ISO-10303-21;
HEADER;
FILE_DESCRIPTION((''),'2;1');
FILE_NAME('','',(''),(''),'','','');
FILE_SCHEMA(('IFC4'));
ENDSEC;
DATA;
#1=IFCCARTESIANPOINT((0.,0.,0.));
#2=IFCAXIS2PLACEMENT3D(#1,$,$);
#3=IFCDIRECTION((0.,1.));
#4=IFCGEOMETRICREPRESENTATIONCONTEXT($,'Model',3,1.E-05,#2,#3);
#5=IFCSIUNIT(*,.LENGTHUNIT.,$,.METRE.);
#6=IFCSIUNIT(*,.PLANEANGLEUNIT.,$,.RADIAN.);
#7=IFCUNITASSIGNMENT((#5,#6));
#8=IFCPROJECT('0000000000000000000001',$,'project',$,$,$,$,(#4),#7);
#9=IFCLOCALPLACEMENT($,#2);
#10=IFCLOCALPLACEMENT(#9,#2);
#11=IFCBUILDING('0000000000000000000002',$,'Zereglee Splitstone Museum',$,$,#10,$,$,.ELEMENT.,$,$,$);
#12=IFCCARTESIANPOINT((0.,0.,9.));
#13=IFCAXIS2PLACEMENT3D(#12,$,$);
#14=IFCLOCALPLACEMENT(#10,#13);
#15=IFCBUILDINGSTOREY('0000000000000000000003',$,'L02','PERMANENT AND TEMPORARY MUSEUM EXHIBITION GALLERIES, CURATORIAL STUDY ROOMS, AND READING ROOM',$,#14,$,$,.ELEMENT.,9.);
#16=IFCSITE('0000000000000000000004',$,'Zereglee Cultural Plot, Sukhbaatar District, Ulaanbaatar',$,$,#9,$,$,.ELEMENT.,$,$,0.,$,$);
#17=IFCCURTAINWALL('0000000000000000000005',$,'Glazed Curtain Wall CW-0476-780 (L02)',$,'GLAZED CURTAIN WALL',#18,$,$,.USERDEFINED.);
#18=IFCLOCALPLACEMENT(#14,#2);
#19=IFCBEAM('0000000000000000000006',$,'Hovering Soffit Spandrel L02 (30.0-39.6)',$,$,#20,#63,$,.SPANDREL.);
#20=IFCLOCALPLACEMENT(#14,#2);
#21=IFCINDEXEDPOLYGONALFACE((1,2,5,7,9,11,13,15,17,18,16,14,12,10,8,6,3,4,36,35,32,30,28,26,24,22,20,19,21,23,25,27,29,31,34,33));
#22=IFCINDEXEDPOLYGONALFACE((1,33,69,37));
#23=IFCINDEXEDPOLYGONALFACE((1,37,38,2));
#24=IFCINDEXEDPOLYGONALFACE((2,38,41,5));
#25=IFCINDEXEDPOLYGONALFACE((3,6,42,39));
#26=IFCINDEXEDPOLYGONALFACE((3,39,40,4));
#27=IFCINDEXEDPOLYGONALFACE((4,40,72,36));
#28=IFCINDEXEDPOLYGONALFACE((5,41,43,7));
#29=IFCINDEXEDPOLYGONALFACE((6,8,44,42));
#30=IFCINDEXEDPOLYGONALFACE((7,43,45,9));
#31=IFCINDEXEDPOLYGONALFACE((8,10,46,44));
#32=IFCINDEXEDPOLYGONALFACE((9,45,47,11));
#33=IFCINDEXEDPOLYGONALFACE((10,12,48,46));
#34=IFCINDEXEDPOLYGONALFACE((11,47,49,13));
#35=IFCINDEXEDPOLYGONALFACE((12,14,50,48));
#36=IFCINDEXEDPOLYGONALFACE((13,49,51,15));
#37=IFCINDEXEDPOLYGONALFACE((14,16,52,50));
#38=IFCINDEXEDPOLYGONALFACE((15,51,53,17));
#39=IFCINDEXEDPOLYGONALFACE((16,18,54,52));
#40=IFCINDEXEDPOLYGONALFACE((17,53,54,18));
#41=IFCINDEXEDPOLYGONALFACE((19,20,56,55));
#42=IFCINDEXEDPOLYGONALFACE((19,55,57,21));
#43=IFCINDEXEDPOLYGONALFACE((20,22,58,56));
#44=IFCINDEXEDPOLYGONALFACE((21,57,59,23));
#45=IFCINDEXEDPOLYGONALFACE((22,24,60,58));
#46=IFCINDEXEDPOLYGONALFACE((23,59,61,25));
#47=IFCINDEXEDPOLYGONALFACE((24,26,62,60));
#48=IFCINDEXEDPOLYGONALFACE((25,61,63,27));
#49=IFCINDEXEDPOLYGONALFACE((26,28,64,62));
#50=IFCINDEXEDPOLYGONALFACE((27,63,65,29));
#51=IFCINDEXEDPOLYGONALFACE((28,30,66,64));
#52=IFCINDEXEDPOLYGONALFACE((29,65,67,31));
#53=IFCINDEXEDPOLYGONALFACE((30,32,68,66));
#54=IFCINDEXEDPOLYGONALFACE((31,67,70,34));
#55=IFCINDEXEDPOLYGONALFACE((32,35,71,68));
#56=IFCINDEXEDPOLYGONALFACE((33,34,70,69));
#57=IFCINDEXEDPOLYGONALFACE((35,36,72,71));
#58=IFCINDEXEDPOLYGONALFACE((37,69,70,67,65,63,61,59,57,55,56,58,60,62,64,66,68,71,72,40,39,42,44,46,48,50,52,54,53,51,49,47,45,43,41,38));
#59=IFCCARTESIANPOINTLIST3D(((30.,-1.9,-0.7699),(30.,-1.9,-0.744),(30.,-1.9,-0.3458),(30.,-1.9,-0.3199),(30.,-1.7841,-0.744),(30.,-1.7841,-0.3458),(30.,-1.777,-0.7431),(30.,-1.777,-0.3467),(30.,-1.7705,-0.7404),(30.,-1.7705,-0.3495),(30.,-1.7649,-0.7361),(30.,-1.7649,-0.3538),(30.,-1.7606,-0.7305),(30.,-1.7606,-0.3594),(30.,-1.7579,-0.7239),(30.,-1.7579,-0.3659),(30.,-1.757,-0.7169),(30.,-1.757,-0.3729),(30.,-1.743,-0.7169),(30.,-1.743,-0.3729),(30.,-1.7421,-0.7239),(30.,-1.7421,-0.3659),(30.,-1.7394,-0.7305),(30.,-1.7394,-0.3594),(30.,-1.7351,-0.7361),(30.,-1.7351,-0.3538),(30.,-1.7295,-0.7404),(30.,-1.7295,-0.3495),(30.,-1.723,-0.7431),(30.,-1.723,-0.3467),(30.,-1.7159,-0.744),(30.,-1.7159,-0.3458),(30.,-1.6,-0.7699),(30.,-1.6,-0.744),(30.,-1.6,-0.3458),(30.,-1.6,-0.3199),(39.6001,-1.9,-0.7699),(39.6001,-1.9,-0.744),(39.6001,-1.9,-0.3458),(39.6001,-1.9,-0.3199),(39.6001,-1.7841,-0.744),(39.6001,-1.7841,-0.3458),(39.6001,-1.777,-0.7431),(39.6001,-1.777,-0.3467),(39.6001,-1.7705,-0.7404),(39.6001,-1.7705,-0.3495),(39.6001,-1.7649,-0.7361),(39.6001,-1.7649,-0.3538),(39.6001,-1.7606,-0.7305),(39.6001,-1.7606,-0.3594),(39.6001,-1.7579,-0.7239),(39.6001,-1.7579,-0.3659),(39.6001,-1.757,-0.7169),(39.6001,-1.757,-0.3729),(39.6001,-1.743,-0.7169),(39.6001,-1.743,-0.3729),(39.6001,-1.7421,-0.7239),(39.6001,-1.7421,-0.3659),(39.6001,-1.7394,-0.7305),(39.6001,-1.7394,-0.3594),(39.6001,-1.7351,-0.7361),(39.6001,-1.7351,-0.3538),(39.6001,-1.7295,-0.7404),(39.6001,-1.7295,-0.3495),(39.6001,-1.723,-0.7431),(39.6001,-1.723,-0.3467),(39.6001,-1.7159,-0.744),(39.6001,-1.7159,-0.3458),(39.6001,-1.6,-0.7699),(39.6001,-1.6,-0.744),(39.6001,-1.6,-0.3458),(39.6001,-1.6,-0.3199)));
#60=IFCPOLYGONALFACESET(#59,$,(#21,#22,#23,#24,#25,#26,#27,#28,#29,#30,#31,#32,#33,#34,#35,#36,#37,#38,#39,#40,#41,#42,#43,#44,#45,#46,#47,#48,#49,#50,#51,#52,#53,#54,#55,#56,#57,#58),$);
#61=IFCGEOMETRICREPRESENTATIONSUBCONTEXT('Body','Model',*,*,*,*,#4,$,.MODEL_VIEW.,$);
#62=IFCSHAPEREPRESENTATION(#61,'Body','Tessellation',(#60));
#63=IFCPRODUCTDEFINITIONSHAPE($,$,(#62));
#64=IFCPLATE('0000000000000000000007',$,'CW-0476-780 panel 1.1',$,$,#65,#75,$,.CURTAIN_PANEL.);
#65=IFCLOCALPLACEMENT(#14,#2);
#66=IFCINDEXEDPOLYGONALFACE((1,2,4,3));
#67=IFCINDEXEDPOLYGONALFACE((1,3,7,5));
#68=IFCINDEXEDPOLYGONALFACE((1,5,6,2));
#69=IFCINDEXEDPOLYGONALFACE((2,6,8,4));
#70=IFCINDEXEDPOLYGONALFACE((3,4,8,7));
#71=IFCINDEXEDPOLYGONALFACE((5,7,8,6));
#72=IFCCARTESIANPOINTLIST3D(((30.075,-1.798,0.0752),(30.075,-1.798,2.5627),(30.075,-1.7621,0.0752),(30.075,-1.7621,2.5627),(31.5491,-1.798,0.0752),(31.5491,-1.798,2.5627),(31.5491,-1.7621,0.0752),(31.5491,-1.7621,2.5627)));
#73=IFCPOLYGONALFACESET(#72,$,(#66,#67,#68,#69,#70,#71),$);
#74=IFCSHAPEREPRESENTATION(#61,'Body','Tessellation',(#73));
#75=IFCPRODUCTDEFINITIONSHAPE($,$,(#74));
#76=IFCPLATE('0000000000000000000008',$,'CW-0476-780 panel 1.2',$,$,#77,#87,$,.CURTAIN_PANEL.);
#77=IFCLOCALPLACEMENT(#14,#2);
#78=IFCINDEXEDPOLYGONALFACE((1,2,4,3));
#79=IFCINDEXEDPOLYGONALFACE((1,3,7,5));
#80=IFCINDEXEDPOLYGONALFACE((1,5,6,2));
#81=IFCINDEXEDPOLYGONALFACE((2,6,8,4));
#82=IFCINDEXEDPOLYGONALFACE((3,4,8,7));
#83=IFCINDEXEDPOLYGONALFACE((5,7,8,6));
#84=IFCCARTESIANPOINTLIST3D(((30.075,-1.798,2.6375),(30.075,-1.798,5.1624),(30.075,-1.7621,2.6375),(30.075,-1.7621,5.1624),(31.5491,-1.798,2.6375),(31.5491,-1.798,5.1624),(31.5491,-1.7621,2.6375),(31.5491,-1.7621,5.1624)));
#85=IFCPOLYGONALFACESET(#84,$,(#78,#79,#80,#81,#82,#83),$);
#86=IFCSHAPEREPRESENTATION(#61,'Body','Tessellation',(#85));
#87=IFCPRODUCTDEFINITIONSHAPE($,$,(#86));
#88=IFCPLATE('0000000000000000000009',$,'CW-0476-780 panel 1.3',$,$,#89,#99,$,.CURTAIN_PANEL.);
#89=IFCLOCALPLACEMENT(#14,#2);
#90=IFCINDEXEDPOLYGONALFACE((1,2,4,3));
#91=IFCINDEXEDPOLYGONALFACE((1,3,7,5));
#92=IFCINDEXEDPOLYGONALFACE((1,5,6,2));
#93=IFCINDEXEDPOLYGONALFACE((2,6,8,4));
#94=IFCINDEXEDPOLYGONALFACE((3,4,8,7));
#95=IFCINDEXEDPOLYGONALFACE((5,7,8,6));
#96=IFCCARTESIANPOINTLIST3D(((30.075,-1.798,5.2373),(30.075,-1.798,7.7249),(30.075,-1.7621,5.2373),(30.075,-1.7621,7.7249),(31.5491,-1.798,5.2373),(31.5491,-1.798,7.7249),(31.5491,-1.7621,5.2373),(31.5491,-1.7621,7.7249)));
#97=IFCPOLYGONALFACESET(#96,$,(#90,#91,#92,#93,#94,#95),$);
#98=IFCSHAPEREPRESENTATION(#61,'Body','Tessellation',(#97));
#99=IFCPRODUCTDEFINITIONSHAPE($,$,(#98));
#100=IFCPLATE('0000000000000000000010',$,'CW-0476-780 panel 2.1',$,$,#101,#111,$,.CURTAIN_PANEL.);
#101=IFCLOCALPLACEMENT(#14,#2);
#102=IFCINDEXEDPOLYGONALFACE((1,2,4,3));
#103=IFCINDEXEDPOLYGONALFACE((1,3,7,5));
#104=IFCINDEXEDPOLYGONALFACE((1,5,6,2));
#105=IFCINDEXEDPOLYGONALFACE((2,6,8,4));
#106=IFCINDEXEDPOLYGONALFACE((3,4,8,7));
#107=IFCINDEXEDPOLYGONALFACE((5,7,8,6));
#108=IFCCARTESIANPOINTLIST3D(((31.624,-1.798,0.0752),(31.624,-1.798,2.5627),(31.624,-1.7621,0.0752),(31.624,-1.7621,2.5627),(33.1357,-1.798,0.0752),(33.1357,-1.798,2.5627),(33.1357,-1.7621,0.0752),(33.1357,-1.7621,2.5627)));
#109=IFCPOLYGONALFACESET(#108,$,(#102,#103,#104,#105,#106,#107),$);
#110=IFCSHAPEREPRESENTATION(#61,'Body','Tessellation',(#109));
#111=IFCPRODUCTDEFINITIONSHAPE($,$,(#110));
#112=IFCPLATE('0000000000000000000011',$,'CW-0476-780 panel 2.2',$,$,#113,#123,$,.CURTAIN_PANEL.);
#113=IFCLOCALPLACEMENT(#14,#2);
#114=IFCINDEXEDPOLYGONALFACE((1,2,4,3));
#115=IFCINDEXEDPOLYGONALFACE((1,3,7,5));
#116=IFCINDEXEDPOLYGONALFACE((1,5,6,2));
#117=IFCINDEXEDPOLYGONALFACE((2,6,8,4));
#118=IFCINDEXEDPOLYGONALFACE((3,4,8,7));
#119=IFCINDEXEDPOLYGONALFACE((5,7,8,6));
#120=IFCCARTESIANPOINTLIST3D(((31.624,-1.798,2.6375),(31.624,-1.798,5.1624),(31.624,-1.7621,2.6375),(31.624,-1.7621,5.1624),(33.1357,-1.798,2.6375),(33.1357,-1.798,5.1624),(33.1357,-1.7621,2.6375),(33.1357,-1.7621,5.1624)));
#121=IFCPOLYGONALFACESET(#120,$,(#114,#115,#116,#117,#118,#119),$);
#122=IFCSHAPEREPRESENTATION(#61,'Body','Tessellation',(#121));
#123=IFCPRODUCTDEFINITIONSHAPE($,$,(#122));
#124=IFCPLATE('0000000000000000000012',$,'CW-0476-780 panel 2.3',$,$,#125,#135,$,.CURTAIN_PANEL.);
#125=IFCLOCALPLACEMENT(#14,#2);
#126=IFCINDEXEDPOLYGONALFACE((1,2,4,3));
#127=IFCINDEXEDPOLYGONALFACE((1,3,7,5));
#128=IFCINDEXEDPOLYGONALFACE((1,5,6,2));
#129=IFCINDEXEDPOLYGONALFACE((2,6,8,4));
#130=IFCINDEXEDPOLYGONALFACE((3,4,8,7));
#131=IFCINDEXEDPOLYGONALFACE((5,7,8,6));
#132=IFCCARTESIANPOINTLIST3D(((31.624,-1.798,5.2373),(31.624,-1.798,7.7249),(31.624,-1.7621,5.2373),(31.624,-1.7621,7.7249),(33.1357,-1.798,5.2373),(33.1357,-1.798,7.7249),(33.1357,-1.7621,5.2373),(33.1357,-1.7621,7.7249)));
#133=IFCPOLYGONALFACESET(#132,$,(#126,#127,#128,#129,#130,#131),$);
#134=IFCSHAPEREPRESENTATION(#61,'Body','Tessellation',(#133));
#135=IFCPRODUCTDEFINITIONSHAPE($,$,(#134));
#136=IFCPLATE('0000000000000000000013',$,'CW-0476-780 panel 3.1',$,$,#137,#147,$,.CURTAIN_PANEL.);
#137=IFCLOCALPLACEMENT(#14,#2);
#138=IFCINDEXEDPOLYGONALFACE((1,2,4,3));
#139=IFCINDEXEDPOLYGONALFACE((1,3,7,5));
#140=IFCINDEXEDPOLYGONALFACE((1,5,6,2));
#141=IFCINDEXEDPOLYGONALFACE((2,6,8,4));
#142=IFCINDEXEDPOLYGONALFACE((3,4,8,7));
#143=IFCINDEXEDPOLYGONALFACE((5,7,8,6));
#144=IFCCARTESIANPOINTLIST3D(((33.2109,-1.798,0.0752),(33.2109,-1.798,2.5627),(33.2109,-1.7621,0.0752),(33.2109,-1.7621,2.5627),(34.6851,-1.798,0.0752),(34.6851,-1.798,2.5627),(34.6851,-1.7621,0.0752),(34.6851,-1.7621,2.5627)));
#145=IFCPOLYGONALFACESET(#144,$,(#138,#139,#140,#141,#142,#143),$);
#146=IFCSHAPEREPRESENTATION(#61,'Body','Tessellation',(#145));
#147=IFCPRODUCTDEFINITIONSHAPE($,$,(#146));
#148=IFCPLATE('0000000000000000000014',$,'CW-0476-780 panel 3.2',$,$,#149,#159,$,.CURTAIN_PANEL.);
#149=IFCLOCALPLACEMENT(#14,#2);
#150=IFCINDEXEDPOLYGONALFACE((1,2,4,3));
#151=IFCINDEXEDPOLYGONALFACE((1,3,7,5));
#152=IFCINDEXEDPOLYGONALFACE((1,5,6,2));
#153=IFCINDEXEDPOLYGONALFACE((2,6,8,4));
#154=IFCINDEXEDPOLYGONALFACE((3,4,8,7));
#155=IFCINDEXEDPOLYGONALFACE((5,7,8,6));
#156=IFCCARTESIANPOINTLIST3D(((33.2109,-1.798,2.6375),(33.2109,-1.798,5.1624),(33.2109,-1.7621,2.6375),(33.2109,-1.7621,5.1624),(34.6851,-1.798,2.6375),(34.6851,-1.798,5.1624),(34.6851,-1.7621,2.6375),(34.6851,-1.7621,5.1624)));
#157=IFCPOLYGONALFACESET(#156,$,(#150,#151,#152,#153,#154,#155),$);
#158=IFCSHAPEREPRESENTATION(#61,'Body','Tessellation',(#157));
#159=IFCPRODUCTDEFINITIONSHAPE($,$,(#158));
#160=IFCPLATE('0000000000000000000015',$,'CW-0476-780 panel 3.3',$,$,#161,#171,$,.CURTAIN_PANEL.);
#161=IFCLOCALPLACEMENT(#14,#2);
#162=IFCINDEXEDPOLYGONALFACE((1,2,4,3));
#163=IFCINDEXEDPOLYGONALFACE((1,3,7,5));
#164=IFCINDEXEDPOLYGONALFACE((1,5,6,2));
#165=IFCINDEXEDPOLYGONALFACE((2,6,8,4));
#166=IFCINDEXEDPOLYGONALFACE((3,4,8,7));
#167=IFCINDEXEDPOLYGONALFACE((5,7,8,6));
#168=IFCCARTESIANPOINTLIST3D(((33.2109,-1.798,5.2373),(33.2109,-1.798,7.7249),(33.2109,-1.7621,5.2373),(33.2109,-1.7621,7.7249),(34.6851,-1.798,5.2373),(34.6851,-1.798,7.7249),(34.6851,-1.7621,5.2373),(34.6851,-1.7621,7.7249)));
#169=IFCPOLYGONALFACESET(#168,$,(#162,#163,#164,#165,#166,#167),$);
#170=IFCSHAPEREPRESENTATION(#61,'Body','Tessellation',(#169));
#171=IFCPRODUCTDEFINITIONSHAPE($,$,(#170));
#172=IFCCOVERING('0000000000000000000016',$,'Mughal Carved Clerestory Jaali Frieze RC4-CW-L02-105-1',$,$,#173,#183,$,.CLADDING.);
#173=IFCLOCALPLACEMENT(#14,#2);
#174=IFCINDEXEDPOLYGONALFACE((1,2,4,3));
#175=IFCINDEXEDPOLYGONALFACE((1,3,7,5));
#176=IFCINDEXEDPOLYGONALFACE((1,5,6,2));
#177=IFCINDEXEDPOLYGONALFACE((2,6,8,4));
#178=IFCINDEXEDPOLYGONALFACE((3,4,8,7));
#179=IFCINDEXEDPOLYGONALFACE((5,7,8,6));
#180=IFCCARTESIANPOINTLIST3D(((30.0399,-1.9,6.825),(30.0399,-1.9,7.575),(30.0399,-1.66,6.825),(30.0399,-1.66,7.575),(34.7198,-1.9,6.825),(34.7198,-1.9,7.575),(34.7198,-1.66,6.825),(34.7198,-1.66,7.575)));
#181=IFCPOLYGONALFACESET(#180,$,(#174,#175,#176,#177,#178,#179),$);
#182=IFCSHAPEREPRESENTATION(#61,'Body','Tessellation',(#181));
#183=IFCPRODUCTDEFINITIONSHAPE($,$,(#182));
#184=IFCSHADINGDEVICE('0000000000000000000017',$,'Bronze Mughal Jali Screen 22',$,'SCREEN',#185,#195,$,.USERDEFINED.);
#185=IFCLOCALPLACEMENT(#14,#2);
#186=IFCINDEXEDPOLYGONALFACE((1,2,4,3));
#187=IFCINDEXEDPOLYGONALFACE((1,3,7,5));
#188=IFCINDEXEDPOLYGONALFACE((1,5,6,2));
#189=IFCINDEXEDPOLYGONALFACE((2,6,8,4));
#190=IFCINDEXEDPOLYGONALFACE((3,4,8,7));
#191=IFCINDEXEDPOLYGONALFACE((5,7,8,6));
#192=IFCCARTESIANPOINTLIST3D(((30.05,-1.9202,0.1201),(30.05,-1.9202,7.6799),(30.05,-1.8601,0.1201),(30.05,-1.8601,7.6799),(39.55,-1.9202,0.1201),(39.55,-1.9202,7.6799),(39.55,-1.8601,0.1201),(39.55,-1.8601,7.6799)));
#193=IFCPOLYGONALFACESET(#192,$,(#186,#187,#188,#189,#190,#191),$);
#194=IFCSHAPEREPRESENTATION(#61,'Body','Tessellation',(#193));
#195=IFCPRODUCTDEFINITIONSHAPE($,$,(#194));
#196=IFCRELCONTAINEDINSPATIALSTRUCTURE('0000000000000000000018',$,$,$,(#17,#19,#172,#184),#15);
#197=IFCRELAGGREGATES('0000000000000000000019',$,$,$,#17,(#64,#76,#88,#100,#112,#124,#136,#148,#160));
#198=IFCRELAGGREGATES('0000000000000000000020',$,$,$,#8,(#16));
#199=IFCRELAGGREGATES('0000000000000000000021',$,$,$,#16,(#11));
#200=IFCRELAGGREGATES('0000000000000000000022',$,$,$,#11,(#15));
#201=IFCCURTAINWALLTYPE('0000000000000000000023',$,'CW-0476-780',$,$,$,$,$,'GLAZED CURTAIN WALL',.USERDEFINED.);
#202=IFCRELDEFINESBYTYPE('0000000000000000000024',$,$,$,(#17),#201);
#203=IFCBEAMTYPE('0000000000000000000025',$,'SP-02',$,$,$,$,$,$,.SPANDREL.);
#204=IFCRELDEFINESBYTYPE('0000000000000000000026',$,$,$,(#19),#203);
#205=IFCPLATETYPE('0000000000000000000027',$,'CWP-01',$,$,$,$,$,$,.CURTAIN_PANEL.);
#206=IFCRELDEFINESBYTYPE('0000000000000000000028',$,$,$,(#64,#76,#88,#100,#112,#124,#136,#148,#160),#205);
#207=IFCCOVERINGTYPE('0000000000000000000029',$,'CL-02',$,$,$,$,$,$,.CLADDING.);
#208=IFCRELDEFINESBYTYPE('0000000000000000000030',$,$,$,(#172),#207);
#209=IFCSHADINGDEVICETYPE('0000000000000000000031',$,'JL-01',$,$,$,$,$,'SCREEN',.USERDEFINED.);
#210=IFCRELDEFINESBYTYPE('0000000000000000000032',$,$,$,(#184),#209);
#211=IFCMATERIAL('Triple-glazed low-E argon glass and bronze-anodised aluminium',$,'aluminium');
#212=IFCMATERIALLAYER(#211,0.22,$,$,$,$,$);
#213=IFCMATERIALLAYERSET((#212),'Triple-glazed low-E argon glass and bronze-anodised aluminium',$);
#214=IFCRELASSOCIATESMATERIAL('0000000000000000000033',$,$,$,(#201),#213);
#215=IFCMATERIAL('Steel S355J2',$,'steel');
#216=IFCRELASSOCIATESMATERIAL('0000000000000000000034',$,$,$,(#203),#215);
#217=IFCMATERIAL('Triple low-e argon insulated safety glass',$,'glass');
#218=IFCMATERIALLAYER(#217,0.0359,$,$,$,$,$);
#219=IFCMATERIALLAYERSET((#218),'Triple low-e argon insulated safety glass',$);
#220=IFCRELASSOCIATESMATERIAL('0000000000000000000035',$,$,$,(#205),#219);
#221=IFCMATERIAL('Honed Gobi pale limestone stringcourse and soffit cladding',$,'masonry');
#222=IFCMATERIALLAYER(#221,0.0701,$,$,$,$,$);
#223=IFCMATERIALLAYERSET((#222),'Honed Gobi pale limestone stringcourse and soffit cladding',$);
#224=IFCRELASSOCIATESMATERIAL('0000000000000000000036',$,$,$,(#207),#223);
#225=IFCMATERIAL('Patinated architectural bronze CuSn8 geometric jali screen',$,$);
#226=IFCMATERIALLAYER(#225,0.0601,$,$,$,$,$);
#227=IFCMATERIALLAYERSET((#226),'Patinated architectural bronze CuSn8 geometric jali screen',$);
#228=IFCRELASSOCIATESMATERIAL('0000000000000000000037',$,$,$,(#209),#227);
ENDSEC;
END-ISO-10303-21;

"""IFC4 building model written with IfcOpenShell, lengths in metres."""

from ifc_helpers import new_model, si_unit, direction, frame, origin, origin_2d, place, context, subcontext, project, spatial, polyline, rectangle, i_section, outline, extrude, material, layer, layer_set, material_profile, profile_set, type_object, element, aggregate, save


model = new_model("IFC4")

# Units and contexts
model_context = context("Model", 3, precision=1e-05, world=origin(), true_north=direction((0.0, 1.0)))
body_context = subcontext(model_context, "Body", "Model", "MODEL_VIEW")
ifc_project = project(units=[si_unit("LENGTHUNIT", "METRE"), si_unit("PLANEANGLEUNIT", "RADIAN")], contexts=[model_context])

# Site, building, storey
site_placement = place(None, origin())
site = spatial("IfcSite", under=ifc_project, at=site_placement, Name="Zereglee Cultural Plot, Sukhbaatar District, Ulaanbaatar", CompositionType="ELEMENT", RefElevation=0.0)
building_placement = place(site_placement, origin())
building = spatial("IfcBuilding", under=site, at=building_placement, Name="Zereglee Splitstone Museum", CompositionType="ELEMENT")
storey_placement = place(building_placement, frame((0.0, 0.0, 9.0)))
storey = spatial("IfcBuildingStorey", under=building, at=storey_placement, Name="L02", Description="PERMANENT AND TEMPORARY MUSEUM EXHIBITION GALLERIES, CURATORIAL STUDY ROOMS, AND READING ROOM", CompositionType="ELEMENT", Elevation=9.0)

# Curtain wall
ifc_material_1 = material(Name="Triple-glazed low-E argon glass and bronze-anodised aluminium", Category="aluminium")
ifc_layer_1 = layer(ifc_material_1, 0.22)
ifc_layer_set_1 = layer_set([ifc_layer_1], Name="Triple-glazed low-E argon glass and bronze-anodised aluminium")
curtain_wall_type = type_object("IfcCurtainWallType", Name="CW-0476-780", ElementType="GLAZED CURTAIN WALL", PredefinedType="USERDEFINED", material=ifc_layer_set_1)
curtain_wall_placement = place(storey_placement, origin())
curtain_wall = element("IfcCurtainWall", 1, at=curtain_wall_placement, inside=storey, type_object=curtain_wall_type, Name="Glazed Curtain Wall CW-0476-780 (L02)", ObjectType="GLAZED CURTAIN WALL", PredefinedType="USERDEFINED")

# Beam
ifc_material_2 = material(Name="Steel S355J2", Category="steel")
ifc_material_profile_1 = material_profile(ifc_material_2, i_section(OverallWidth=0.3, OverallDepth=0.45, WebThickness=0.0139, FlangeThickness=0.0259, FilletRadius=0.0271, at=origin_2d()), Name="HE 450 B")
ifc_profile_set_1 = profile_set([ifc_material_profile_1], Name="Steel S355J2")
beam_type_1 = type_object("IfcBeamType", Name="SP-02", PredefinedType="SPANDREL", material=ifc_profile_set_1)
for number, where, z_axis, x_axis, name in (
    (2, (30.0, -1.75, -0.5449), (1.0, 0.0, 0.0), (0.0, 1.0, 0.0), "Hovering Soffit Spandrel L02 (30.0-39.6)"),
):
    element("IfcBeam", number, at=place(storey_placement, frame(where, z_axis=z_axis, x_axis=x_axis)), inside=storey, type_object=beam_type_1, Name=name, PredefinedType="SPANDREL", context=body_context, shape_type="SweptSolid", body=[
        extrude(i_section(OverallWidth=0.3, OverallDepth=0.45, WebThickness=0.0139, FlangeThickness=0.0259, FilletRadius=0.0271, at=origin_2d()), origin(), (0.0, 0.0, 1.0), 9.6001),
    ])

# Plates
ifc_material_3 = material(Name="Triple low-e argon insulated safety glass", Category="glass")
ifc_layer_2 = layer(ifc_material_3, 0.0359)
ifc_layer_set_2 = layer_set([ifc_layer_2], Name="Triple low-e argon insulated safety glass")
plate_type = type_object("IfcPlateType", Name="CWP-01", PredefinedType="CURTAIN_PANEL", material=ifc_layer_set_2)
plate_1_placement = place(storey_placement, frame((30.812, -1.78, 0.0752), z_axis=(0.0, 0.0, 1.0), x_axis=(1.0, 0.0, 0.0)))
plate_1 = element("IfcPlate", 3, at=plate_1_placement, type_object=plate_type, Name="CW-0476-780 panel 1.1", PredefinedType="CURTAIN_PANEL", context=body_context, shape_type="SweptSolid", body=[
    extrude(rectangle(XDim=1.4741, YDim=0.0359, at=origin_2d()), origin(), (0.0, 0.0, 1.0), 2.4875),
])
plate_2_placement = place(storey_placement, frame((30.812, -1.78, 2.6375), z_axis=(0.0, 0.0, 1.0), x_axis=(1.0, 0.0, 0.0)))
plate_2 = element("IfcPlate", 4, at=plate_2_placement, type_object=plate_type, Name="CW-0476-780 panel 1.2", PredefinedType="CURTAIN_PANEL", context=body_context, shape_type="SweptSolid", body=[
    extrude(rectangle(XDim=1.4741, YDim=0.0359, at=origin_2d()), origin(), (0.0, 0.0, 1.0), 2.5249),
])
plate_3_placement = place(storey_placement, frame((30.812, -1.78, 5.2373), z_axis=(0.0, 0.0, 1.0), x_axis=(1.0, 0.0, 0.0)))
plate_3 = element("IfcPlate", 5, at=plate_3_placement, type_object=plate_type, Name="CW-0476-780 panel 1.3", PredefinedType="CURTAIN_PANEL", context=body_context, shape_type="SweptSolid", body=[
    extrude(rectangle(XDim=1.4741, YDim=0.0359, at=origin_2d()), origin(), (0.0, 0.0, 1.0), 2.4875),
])
plate_4_placement = place(storey_placement, frame((32.3799, -1.78, 0.0752), z_axis=(0.0, 0.0, 1.0), x_axis=(1.0, 0.0, 0.0)))
plate_4 = element("IfcPlate", 6, at=plate_4_placement, type_object=plate_type, Name="CW-0476-780 panel 2.1", PredefinedType="CURTAIN_PANEL", context=body_context, shape_type="SweptSolid", body=[
    extrude(rectangle(XDim=1.5117, YDim=0.0359, at=origin_2d()), origin(), (0.0, 0.0, 1.0), 2.4875),
])
plate_5_placement = place(storey_placement, frame((32.3799, -1.78, 2.6375), z_axis=(0.0, 0.0, 1.0), x_axis=(1.0, 0.0, 0.0)))
plate_5 = element("IfcPlate", 7, at=plate_5_placement, type_object=plate_type, Name="CW-0476-780 panel 2.2", PredefinedType="CURTAIN_PANEL", context=body_context, shape_type="SweptSolid", body=[
    extrude(rectangle(XDim=1.5117, YDim=0.0359, at=origin_2d()), origin(), (0.0, 0.0, 1.0), 2.5249),
])
plate_6_placement = place(storey_placement, frame((32.3799, -1.78, 5.2373), z_axis=(0.0, 0.0, 1.0), x_axis=(1.0, 0.0, 0.0)))
plate_6 = element("IfcPlate", 8, at=plate_6_placement, type_object=plate_type, Name="CW-0476-780 panel 2.3", PredefinedType="CURTAIN_PANEL", context=body_context, shape_type="SweptSolid", body=[
    extrude(rectangle(XDim=1.5117, YDim=0.0359, at=origin_2d()), origin(), (0.0, 0.0, 1.0), 2.4875),
])
plate_7_placement = place(storey_placement, frame((33.948, -1.78, 0.0752), z_axis=(0.0, 0.0, 1.0), x_axis=(1.0, 0.0, 0.0)))
plate_7 = element("IfcPlate", 9, at=plate_7_placement, type_object=plate_type, Name="CW-0476-780 panel 3.1", PredefinedType="CURTAIN_PANEL", context=body_context, shape_type="SweptSolid", body=[
    extrude(rectangle(XDim=1.4741, YDim=0.0359, at=origin_2d()), origin(), (0.0, 0.0, 1.0), 2.4875),
])
plate_8_placement = place(storey_placement, frame((33.948, -1.78, 2.6375), z_axis=(0.0, 0.0, 1.0), x_axis=(1.0, 0.0, 0.0)))
plate_8 = element("IfcPlate", 10, at=plate_8_placement, type_object=plate_type, Name="CW-0476-780 panel 3.2", PredefinedType="CURTAIN_PANEL", context=body_context, shape_type="SweptSolid", body=[
    extrude(rectangle(XDim=1.4741, YDim=0.0359, at=origin_2d()), origin(), (0.0, 0.0, 1.0), 2.5249),
])
plate_9_placement = place(storey_placement, frame((33.948, -1.78, 5.2373), z_axis=(0.0, 0.0, 1.0), x_axis=(1.0, 0.0, 0.0)))
plate_9 = element("IfcPlate", 11, at=plate_9_placement, type_object=plate_type, Name="CW-0476-780 panel 3.3", PredefinedType="CURTAIN_PANEL", context=body_context, shape_type="SweptSolid", body=[
    extrude(rectangle(XDim=1.4741, YDim=0.0359, at=origin_2d()), origin(), (0.0, 0.0, 1.0), 2.4875),
])
aggregate(curtain_wall, [plate_1, plate_2, plate_3, plate_4, plate_5, plate_6, plate_7, plate_8, plate_9])

# Covering
ifc_material_4 = material(Name="Honed Gobi pale limestone stringcourse and soffit cladding", Category="masonry")
ifc_layer_3 = layer(ifc_material_4, 0.0701)
ifc_layer_set_3 = layer_set([ifc_layer_3], Name="Honed Gobi pale limestone stringcourse and soffit cladding")
covering_type = type_object("IfcCoveringType", Name="CL-02", PredefinedType="CLADDING", material=ifc_layer_set_3)
covering_placement = place(storey_placement, frame((32.3799, -1.78, 6.825), z_axis=(0.0, 0.0, 1.0), x_axis=(1.0, 0.0, 0.0)))
element("IfcCovering", 12, at=covering_placement, inside=storey, type_object=covering_type, Name="Mughal Carved Clerestory Jaali Frieze RC4-CW-L02-105-1", PredefinedType="CLADDING", context=body_context, shape_type="SweptSolid", body=[
    extrude(rectangle(XDim=4.6799, YDim=0.24, at=origin_2d()), origin(), (0.0, 0.0, 1.0), 0.75),
])

# Shading device
ifc_material_5 = material(Name="Patinated architectural bronze CuSn8 geometric jali screen")
ifc_layer_4 = layer(ifc_material_5, 0.0601)
ifc_layer_set_4 = layer_set([ifc_layer_4], Name="Patinated architectural bronze CuSn8 geometric jali screen")
shading_device_type = type_object("IfcShadingDeviceType", Name="JL-01", ElementType="SCREEN", PredefinedType="USERDEFINED", material=ifc_layer_set_4)
shading_device_placement = place(storey_placement, frame((30.05, -1.8601, 0.1201), z_axis=(0.0, -1.0, 0.0), x_axis=(1.0, 0.0, 0.0)))
element("IfcShadingDevice", 13, at=shading_device_placement, inside=storey, type_object=shading_device_type, Name="Bronze Mughal Jali Screen 22", ObjectType="SCREEN", PredefinedType="USERDEFINED", context=body_context, shape_type="SweptSolid", body=[
    extrude(outline(polyline([(0.0, 0.0), (9.5, 0.0), (9.5, 7.5598), (0.0, 7.5598), (0.0, 0.0)])), origin(), (0.0, 0.0, 1.0), 0.0601),
])

save(model, "model.ifc")
